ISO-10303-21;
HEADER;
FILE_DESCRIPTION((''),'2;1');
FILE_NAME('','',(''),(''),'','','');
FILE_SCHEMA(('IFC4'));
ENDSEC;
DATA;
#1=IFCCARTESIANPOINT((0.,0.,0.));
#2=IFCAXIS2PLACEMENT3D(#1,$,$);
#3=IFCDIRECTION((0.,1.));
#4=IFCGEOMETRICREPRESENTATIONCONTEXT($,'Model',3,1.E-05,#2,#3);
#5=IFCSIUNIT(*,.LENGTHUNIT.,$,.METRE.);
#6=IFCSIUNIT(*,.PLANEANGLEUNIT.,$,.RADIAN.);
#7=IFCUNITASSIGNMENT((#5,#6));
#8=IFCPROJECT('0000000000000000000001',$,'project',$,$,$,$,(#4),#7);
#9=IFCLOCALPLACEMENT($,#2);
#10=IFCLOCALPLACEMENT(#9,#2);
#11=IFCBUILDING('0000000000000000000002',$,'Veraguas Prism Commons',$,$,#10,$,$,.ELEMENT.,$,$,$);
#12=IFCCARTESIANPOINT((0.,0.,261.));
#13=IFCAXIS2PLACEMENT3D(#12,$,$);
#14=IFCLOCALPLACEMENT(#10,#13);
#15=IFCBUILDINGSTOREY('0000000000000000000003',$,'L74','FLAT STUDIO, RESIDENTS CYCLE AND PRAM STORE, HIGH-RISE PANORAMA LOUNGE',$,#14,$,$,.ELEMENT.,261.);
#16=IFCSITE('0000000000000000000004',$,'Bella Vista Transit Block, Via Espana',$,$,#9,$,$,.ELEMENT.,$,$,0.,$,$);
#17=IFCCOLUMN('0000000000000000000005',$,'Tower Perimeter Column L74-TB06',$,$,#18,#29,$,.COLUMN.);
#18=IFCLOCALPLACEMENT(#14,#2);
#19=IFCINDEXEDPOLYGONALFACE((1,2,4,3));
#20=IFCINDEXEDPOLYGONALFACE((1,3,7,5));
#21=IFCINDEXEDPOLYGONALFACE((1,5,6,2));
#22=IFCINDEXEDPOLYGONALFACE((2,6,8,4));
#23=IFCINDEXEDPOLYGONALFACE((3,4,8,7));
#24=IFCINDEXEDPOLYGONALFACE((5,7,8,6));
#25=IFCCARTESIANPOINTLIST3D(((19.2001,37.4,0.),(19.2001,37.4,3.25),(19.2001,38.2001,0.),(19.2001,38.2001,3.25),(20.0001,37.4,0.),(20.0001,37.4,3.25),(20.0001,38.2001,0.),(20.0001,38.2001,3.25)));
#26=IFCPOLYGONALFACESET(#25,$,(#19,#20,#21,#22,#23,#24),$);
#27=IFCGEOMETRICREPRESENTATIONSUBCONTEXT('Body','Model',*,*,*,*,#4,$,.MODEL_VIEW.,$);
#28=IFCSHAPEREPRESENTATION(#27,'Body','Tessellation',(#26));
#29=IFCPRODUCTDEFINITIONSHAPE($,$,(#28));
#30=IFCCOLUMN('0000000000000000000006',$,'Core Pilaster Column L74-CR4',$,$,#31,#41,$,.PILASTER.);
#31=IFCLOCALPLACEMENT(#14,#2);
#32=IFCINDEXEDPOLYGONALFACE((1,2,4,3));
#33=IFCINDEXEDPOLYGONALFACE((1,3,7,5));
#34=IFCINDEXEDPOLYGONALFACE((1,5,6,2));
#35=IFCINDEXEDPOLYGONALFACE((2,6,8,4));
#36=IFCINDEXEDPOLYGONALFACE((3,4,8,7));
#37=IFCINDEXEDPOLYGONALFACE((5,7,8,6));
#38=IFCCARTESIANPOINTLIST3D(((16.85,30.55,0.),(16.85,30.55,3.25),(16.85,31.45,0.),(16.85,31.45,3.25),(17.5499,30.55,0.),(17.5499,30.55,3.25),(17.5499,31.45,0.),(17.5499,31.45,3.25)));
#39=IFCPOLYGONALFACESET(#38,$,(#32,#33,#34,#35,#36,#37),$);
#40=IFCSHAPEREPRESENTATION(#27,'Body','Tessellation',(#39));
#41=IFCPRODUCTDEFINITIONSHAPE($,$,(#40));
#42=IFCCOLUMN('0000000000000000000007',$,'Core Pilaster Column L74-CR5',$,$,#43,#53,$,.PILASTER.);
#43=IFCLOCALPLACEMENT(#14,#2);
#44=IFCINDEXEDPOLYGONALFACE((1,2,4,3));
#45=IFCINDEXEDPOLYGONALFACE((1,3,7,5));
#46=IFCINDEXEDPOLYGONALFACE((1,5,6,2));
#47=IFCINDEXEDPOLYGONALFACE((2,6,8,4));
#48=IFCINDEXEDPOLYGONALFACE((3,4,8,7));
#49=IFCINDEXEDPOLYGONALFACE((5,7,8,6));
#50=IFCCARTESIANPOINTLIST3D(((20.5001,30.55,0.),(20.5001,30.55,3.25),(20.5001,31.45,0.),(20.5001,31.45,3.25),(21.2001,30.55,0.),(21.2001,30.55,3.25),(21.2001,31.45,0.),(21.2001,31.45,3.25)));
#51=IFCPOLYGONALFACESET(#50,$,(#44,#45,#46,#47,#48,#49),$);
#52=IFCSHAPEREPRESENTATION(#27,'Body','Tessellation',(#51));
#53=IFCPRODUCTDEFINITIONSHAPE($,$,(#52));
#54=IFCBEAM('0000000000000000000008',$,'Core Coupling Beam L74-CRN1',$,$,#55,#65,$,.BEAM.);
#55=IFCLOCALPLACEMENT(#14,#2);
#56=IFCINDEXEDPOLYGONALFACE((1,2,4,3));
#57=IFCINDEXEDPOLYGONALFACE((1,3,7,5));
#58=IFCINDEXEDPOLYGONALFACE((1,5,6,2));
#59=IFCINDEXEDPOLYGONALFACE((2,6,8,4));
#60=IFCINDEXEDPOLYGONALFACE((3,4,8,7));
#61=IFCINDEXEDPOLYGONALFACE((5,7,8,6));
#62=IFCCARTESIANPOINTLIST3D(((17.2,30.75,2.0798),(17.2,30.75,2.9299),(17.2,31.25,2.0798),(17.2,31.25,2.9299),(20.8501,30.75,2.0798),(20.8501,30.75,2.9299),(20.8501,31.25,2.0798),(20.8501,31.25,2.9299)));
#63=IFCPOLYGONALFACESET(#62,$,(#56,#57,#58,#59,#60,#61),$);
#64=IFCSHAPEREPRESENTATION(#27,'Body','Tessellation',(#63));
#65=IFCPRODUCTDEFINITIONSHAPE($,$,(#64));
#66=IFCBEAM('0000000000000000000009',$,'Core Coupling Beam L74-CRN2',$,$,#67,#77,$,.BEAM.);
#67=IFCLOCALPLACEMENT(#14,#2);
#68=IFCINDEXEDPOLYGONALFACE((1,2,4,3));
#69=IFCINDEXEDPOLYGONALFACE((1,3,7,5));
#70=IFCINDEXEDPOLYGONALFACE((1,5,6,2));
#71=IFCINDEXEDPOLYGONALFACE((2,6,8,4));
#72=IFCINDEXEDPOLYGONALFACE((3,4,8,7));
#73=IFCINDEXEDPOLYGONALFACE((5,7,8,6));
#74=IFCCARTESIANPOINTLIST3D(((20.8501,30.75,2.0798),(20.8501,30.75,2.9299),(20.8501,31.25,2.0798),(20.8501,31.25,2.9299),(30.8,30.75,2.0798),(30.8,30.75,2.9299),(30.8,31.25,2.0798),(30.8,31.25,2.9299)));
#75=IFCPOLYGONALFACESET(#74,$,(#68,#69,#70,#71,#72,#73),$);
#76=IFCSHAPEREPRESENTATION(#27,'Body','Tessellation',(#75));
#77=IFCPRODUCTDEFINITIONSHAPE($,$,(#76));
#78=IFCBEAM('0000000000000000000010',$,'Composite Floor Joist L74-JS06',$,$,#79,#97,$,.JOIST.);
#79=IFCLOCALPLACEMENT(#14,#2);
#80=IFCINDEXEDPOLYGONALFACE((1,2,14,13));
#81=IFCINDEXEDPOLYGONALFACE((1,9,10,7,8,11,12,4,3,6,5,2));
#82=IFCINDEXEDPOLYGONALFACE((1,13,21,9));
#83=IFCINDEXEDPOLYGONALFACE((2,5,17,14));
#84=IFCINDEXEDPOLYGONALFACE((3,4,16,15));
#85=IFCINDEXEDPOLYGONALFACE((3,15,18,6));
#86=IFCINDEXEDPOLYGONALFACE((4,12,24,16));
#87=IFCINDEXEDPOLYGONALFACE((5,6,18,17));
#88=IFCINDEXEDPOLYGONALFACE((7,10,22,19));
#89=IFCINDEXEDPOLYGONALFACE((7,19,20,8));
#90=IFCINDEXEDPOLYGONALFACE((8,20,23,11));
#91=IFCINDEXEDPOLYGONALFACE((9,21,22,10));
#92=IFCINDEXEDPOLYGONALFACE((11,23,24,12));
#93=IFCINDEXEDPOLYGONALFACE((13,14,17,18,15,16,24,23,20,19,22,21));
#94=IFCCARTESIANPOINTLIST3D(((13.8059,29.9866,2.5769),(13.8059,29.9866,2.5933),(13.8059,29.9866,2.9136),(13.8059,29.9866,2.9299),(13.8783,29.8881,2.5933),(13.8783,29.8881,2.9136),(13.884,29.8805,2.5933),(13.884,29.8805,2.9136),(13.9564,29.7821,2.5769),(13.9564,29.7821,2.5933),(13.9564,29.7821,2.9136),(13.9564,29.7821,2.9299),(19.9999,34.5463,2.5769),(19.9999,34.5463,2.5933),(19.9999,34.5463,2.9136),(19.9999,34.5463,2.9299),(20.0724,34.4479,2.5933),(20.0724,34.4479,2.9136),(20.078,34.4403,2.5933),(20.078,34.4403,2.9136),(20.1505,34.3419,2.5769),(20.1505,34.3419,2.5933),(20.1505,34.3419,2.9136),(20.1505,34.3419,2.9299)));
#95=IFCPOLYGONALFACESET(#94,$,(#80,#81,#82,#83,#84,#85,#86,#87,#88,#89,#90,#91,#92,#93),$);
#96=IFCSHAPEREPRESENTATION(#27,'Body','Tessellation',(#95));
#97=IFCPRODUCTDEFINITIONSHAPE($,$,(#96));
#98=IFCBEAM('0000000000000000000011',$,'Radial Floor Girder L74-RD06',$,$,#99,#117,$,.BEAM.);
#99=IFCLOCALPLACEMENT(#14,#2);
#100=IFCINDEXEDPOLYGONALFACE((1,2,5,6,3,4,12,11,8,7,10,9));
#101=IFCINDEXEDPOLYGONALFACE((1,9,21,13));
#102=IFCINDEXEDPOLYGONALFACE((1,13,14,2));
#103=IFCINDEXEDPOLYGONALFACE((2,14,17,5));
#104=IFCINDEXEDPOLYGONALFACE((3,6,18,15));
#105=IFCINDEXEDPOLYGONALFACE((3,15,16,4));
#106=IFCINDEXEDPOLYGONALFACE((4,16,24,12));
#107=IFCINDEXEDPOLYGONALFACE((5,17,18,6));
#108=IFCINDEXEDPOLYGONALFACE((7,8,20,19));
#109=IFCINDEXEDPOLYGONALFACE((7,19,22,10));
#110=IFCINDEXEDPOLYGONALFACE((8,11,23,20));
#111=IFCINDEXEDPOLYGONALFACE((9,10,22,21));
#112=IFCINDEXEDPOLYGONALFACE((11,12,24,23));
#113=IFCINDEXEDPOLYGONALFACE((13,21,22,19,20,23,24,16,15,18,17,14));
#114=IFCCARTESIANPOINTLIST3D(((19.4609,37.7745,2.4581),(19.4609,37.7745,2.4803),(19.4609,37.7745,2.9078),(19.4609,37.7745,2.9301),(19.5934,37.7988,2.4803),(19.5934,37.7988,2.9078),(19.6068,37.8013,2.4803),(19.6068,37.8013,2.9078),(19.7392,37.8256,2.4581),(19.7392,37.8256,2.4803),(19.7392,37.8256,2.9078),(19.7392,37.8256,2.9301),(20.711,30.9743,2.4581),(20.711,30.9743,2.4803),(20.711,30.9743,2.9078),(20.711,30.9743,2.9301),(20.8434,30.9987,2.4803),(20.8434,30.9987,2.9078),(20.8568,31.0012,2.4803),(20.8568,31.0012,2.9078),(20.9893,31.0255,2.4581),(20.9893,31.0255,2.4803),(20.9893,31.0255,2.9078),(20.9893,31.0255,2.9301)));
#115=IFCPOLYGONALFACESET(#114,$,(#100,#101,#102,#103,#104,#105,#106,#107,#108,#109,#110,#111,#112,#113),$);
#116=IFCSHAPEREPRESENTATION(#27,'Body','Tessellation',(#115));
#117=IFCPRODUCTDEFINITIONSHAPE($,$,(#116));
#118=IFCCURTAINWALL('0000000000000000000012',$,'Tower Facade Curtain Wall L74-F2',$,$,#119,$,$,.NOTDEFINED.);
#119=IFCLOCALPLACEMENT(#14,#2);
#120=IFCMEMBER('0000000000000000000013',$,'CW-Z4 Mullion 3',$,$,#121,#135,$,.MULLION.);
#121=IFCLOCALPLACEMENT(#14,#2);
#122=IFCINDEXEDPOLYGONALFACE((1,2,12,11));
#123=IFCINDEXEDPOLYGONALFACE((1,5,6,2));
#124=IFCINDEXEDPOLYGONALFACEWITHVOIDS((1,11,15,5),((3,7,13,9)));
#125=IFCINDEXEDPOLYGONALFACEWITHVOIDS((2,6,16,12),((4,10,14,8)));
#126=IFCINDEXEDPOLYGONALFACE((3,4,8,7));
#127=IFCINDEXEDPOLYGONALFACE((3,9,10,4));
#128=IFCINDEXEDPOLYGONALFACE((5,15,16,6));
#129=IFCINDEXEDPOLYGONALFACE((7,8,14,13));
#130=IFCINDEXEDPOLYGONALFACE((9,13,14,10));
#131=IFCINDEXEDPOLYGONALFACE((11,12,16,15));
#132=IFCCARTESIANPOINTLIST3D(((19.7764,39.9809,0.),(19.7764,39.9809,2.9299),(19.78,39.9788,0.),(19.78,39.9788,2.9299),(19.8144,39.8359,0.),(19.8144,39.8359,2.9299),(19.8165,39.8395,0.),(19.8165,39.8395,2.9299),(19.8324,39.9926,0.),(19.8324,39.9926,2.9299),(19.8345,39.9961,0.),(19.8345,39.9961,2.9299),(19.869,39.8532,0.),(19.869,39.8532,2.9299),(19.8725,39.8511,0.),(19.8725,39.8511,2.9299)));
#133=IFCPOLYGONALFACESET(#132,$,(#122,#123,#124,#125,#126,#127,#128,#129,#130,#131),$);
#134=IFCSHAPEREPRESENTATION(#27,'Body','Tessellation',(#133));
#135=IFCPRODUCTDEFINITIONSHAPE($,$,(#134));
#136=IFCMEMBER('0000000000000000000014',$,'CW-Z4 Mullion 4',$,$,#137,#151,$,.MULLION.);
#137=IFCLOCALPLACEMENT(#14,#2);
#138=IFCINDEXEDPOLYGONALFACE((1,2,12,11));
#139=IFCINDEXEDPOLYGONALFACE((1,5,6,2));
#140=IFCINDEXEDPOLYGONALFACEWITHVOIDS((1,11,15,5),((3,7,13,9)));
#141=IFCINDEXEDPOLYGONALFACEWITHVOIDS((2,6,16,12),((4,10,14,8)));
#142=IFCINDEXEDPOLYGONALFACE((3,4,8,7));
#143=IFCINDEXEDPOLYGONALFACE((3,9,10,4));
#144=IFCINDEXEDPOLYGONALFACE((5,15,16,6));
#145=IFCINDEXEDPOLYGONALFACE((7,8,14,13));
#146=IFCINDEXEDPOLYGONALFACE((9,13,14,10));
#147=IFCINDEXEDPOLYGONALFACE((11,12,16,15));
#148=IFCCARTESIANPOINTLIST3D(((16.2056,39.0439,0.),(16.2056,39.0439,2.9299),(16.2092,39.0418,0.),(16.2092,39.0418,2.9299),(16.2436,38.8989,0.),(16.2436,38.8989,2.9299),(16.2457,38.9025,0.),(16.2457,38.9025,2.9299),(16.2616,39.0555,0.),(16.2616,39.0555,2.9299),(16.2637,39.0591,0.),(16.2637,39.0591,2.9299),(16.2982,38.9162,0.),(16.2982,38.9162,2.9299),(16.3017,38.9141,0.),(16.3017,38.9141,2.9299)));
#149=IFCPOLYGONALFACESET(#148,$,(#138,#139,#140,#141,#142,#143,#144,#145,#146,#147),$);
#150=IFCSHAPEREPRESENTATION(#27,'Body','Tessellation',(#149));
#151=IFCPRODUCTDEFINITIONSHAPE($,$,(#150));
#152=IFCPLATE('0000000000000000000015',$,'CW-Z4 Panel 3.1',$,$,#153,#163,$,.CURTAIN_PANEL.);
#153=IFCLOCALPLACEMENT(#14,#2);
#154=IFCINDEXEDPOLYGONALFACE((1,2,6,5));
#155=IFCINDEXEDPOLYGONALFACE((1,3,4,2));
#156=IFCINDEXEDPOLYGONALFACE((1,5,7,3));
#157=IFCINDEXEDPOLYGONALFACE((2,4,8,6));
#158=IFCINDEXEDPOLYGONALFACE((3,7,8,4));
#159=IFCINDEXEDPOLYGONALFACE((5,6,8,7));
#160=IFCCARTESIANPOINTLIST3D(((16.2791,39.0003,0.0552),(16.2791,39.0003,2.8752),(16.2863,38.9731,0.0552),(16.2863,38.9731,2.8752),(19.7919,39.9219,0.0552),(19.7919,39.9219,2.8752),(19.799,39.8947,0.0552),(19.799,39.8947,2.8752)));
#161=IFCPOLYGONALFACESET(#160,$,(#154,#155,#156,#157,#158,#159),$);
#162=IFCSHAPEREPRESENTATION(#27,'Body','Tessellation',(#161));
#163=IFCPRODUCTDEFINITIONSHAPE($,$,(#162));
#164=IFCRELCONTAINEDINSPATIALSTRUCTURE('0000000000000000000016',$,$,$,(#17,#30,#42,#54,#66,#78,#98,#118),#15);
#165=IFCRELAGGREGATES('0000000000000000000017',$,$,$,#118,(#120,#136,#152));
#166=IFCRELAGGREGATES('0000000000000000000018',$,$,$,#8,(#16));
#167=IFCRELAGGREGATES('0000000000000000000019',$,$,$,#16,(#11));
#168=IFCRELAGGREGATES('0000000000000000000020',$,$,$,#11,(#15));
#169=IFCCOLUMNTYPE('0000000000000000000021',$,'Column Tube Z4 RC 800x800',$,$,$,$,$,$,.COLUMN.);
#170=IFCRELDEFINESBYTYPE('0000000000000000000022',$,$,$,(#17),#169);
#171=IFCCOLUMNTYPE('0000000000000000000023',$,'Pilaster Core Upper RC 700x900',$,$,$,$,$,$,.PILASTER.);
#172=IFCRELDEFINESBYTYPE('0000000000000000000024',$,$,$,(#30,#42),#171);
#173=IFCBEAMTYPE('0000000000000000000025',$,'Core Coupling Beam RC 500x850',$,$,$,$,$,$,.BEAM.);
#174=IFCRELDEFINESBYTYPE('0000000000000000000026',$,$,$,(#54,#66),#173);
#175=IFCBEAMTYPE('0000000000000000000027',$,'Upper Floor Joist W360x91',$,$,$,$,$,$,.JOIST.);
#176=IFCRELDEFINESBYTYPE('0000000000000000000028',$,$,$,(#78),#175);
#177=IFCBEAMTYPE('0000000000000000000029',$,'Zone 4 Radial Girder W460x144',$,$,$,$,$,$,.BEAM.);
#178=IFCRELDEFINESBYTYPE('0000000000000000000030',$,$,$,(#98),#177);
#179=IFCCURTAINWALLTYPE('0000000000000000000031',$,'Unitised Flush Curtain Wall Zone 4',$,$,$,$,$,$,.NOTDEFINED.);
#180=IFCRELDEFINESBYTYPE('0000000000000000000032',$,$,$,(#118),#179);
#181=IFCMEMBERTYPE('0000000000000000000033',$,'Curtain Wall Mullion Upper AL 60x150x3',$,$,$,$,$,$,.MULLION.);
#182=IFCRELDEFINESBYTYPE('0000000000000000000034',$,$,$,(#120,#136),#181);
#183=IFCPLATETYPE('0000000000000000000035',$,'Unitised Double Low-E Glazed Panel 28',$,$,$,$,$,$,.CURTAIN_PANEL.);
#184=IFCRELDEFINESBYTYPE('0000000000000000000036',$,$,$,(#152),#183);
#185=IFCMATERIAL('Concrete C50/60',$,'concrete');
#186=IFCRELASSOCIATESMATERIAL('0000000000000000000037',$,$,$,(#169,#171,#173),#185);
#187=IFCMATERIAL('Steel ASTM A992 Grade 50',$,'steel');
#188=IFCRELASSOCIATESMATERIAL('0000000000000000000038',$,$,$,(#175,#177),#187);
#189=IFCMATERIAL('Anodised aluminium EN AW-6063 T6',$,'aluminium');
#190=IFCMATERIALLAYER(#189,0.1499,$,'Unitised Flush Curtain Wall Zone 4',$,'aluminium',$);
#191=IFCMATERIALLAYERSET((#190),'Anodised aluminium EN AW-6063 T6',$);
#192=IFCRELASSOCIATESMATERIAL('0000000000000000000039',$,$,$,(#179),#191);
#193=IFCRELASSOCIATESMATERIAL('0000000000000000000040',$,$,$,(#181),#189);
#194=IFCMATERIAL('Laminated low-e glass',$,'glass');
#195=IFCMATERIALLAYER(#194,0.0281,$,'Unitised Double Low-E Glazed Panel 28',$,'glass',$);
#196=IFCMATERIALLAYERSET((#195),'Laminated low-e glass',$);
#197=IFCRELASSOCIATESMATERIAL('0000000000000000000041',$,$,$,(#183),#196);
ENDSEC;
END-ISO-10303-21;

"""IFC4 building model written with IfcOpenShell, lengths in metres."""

from ifc_helpers import new_model, si_unit, direction, frame, origin, origin_2d, place, context, subcontext, project, spatial, rectangle, hollow_rectangle, i_section, extrude, source, transform, mapped, material, layer, layer_set, material_profile, profile_set, type_object, element, aggregate, save


model = new_model("IFC4")

# Units and contexts
model_context = context("Model", 3, precision=1e-05, world=origin(), true_north=direction((0.0, 1.0)))
body_context = subcontext(model_context, "Body", "Model", "MODEL_VIEW")
ifc_project = project(units=[si_unit("LENGTHUNIT", "METRE"), si_unit("PLANEANGLEUNIT", "RADIAN")], contexts=[model_context])

# Site, building, storey
site_placement = place(None, origin())
site = spatial("IfcSite", under=ifc_project, at=site_placement, Name="Bella Vista Transit Block, Via Espana", CompositionType="ELEMENT", RefElevation=0.0)
building_placement = place(site_placement, origin())
building = spatial("IfcBuilding", under=site, at=building_placement, Name="Veraguas Prism Commons", CompositionType="ELEMENT")
storey_placement = place(building_placement, frame((0.0, 0.0, 261.0)))
storey = spatial("IfcBuildingStorey", under=building, at=storey_placement, Name="L74", Description="FLAT STUDIO, RESIDENTS CYCLE AND PRAM STORE, HIGH-RISE PANORAMA LOUNGE", CompositionType="ELEMENT", Elevation=261.0)

# Columns
ifc_material_1 = material(Name="Concrete C50/60", Category="concrete")
ifc_material_profile_1 = material_profile(ifc_material_1, rectangle(XDim=0.8, YDim=0.8, at=origin_2d()), Name="RC800X800")
ifc_profile_set_1 = profile_set([ifc_material_profile_1], Name="Concrete C50/60")
column_type_1 = type_object("IfcColumnType", Name="Column Tube Z4 RC 800x800", PredefinedType="COLUMN", material=ifc_profile_set_1)
column_placement = place(storey_placement, frame((19.6001, 37.8, 0.0), z_axis=(0.0, 0.0, 1.0), x_axis=(1.0, 0.0, 0.0)))
element("IfcColumn", 1, at=column_placement, inside=storey, type_object=column_type_1, Name="Tower Perimeter Column L74-TB06", PredefinedType="COLUMN", context=body_context, shape_type="SweptSolid", body=[
    extrude(rectangle(XDim=0.8, YDim=0.8, at=origin_2d()), origin(), (0.0, 0.0, 1.0), 3.25),
])
ifc_material_profile_2 = material_profile(ifc_material_1, rectangle(XDim=0.7, YDim=0.8999, at=origin_2d()), Name="RC700X900")
ifc_profile_set_2 = profile_set([ifc_material_profile_2], Name="Concrete C50/60")
column_type_2 = type_object("IfcColumnType", Name="Pilaster Core Upper RC 700x900", PredefinedType="PILASTER", material=ifc_profile_set_2)
for number, where, z_axis, x_axis, name in (
    (2, (17.2, 31.0, 0.0), (0.0, 0.0, 1.0), (1.0, 0.0, 0.0), "Core Pilaster Column L74-CR4"),
    (3, (20.8501, 31.0, 0.0), (0.0, 0.0, 1.0), (1.0, 0.0, 0.0), "Core Pilaster Column L74-CR5"),
):
    element("IfcColumn", number, at=place(storey_placement, frame(where, z_axis=z_axis, x_axis=x_axis)), inside=storey, type_object=column_type_2, Name=name, PredefinedType="PILASTER", context=body_context, shape_type="SweptSolid", body=[
        extrude(rectangle(XDim=0.7, YDim=0.8999, at=origin_2d()), origin(), (0.0, 0.0, 1.0), 3.25),
    ])

# Beams
ifc_material_profile_3 = material_profile(ifc_material_1, rectangle(XDim=0.5, YDim=0.8501, at=origin_2d()), Name="RC500X850")
ifc_profile_set_3 = profile_set([ifc_material_profile_3], Name="Concrete C50/60")
beam_type_1 = type_object("IfcBeamType", Name="Core Coupling Beam RC 500x850", PredefinedType="BEAM", material=ifc_profile_set_3)
beam_1_placement = place(storey_placement, frame((17.2, 31.0, 2.5049), z_axis=(1.0, 0.0, 0.0), x_axis=(0.0, 1.0, 0.0)))
element("IfcBeam", 4, at=beam_1_placement, inside=storey, type_object=beam_type_1, Name="Core Coupling Beam L74-CRN1", PredefinedType="BEAM", context=body_context, shape_type="SweptSolid", body=[
    extrude(rectangle(XDim=0.5, YDim=0.8501, at=origin_2d()), origin(), (0.0, 0.0, 1.0), 3.6501),
])
beam_2_placement = place(storey_placement, frame((20.8501, 31.0, 2.5049), z_axis=(1.0, 0.0, 0.0), x_axis=(0.0, 1.0, 0.0)))
element("IfcBeam", 5, at=beam_2_placement, inside=storey, type_object=beam_type_1, Name="Core Coupling Beam L74-CRN2", PredefinedType="BEAM", context=body_context, shape_type="SweptSolid", body=[
    extrude(rectangle(XDim=0.5, YDim=0.8501, at=origin_2d()), origin(), (0.0, 0.0, 1.0), 9.95),
])
ifc_material_2 = material(Name="Steel ASTM A992 Grade 50", Category="steel")
ifc_material_profile_4 = material_profile(ifc_material_2, i_section(OverallWidth=0.2539, OverallDepth=0.353, WebThickness=0.0095, FlangeThickness=0.0164, at=origin_2d()), Name="W360X91")
ifc_profile_set_4 = profile_set([ifc_material_profile_4], Name="Steel ASTM A992 Grade 50")
beam_type_2 = type_object("IfcBeamType", Name="Upper Floor Joist W360x91", PredefinedType="JOIST", material=ifc_profile_set_4)
beam_3_placement = place(storey_placement, frame((20.0752, 34.4441, 2.7534), z_axis=(-0.80532, -0.592841, 0.0), x_axis=(0.592841, -0.80532, 0.0)))
element("IfcBeam", 6, at=beam_3_placement, inside=storey, type_object=beam_type_2, Name="Composite Floor Joist L74-JS06", PredefinedType="JOIST", context=body_context, shape_type="SweptSolid", body=[
    extrude(i_section(OverallWidth=0.2539, OverallDepth=0.353, WebThickness=0.0095, FlangeThickness=0.0164, at=origin_2d()), origin(), (0.0, 0.0, 1.0), 7.6914),
])
ifc_material_profile_5 = material_profile(ifc_material_2, i_section(OverallWidth=0.283, OverallDepth=0.4719, WebThickness=0.0137, FlangeThickness=0.0222, at=origin_2d()), Name="W460X144")
ifc_profile_set_5 = profile_set([ifc_material_profile_5], Name="Steel ASTM A992 Grade 50")
beam_type_3 = type_object("IfcBeamType", Name="Zone 4 Radial Girder W460x144", PredefinedType="BEAM", material=ifc_profile_set_5)
beam_4_placement = place(storey_placement, frame((19.6001, 37.8, 2.6941), z_axis=(0.180793, -0.983521, 0.0), x_axis=(0.983521, 0.180793, 0.0)))
element("IfcBeam", 7, at=beam_4_placement, inside=storey, type_object=beam_type_3, Name="Radial Floor Girder L74-RD06", PredefinedType="BEAM", context=body_context, shape_type="SweptSolid", body=[
    extrude(i_section(OverallWidth=0.283, OverallDepth=0.4719, WebThickness=0.0137, FlangeThickness=0.0222, at=origin_2d()), origin(), (0.0, 0.0, 1.0), 6.9141),
])

# Curtain wall, members, plate
ifc_material_3 = material(Name="Anodised aluminium EN AW-6063 T6", Category="aluminium")
ifc_layer_1 = layer(ifc_material_3, 0.1499, Name="Unitised Flush Curtain Wall Zone 4", Category="aluminium")
ifc_layer_set_1 = layer_set([ifc_layer_1], Name="Anodised aluminium EN AW-6063 T6")
curtain_wall_type = type_object("IfcCurtainWallType", Name="Unitised Flush Curtain Wall Zone 4", PredefinedType="NOTDEFINED", material=ifc_layer_set_1)
curtain_wall_placement = place(storey_placement, origin())
curtain_wall = element("IfcCurtainWall", 8, at=curtain_wall_placement, inside=storey, type_object=curtain_wall_type, Name="Tower Facade Curtain Wall L74-F2", PredefinedType="NOTDEFINED")
ifc_material_profile_6 = material_profile(ifc_material_3, hollow_rectangle(XDim=0.0601, YDim=0.1499, WallThickness=0.0029, at=origin_2d()), Name="AL60X150X3")
ifc_profile_set_6 = profile_set([ifc_material_profile_6], Name="Anodised aluminium EN AW-6063 T6")
member_type = type_object("IfcMemberType", Name="Curtain Wall Mullion Upper AL 60x150x3", PredefinedType="MULLION", material=ifc_profile_set_6)
shared_shape_1 = source(origin(), body_context, "Body", "SweptSolid", [
    extrude(hollow_rectangle(XDim=0.0601, YDim=0.1499, WallThickness=0.0029, at=origin_2d()), origin(), (0.0, 0.0, 1.0), 2.9299),
])
member_1_placement = place(storey_placement, frame((19.8245, 39.916, 0.0), z_axis=(0.0, 0.0, 1.0), x_axis=(-0.967266, -0.253765, 0.0)))
member_1 = element("IfcMember", 9, at=member_1_placement, type_object=member_type, Name="CW-Z4 Mullion 3", PredefinedType="MULLION", context=body_context, shape_type="MappedRepresentation", body=[
    mapped(shared_shape_1, transform((0.0, 0.0, 0.0), scale=1.0)),
])
member_2_placement = place(storey_placement, frame((16.2537, 38.979, 0.0), z_axis=(0.0, 0.0, 1.0), x_axis=(-0.967266, -0.253765, 0.0)))
member_2 = element("IfcMember", 10, at=member_2_placement, type_object=member_type, Name="CW-Z4 Mullion 4", PredefinedType="MULLION", context=body_context, shape_type="MappedRepresentation", body=[
    mapped(shared_shape_1, transform((0.0, 0.0, 0.0), scale=1.0)),
])
ifc_material_4 = material(Name="Laminated low-e glass", Category="glass")
ifc_layer_2 = layer(ifc_material_4, 0.0281, Name="Unitised Double Low-E Glazed Panel 28", Category="glass")
ifc_layer_set_2 = layer_set([ifc_layer_2], Name="Laminated low-e glass")
plate_type = type_object("IfcPlateType", Name="Unitised Double Low-E Glazed Panel 28", PredefinedType="CURTAIN_PANEL", material=ifc_layer_set_2)
shared_shape_2 = source(origin(), body_context, "Body", "SweptSolid", [
    extrude(rectangle(XDim=3.6316, YDim=0.0281, at=origin_2d()), origin(), (0.0, 0.0, 1.0), 2.8201),
])
plate_placement = place(storey_placement, frame((18.0391, 39.4475, 0.0552), z_axis=(0.0, 0.0, 1.0), x_axis=(-0.967266, -0.253765, 0.0)))
plate = element("IfcPlate", 11, at=plate_placement, type_object=plate_type, Name="CW-Z4 Panel 3.1", PredefinedType="CURTAIN_PANEL", context=body_context, shape_type="MappedRepresentation", body=[
    mapped(shared_shape_2, transform((0.0, 0.0, 0.0), scale=1.0)),
])
aggregate(curtain_wall, [member_1, member_2, plate])

save(model, "model.ifc")
